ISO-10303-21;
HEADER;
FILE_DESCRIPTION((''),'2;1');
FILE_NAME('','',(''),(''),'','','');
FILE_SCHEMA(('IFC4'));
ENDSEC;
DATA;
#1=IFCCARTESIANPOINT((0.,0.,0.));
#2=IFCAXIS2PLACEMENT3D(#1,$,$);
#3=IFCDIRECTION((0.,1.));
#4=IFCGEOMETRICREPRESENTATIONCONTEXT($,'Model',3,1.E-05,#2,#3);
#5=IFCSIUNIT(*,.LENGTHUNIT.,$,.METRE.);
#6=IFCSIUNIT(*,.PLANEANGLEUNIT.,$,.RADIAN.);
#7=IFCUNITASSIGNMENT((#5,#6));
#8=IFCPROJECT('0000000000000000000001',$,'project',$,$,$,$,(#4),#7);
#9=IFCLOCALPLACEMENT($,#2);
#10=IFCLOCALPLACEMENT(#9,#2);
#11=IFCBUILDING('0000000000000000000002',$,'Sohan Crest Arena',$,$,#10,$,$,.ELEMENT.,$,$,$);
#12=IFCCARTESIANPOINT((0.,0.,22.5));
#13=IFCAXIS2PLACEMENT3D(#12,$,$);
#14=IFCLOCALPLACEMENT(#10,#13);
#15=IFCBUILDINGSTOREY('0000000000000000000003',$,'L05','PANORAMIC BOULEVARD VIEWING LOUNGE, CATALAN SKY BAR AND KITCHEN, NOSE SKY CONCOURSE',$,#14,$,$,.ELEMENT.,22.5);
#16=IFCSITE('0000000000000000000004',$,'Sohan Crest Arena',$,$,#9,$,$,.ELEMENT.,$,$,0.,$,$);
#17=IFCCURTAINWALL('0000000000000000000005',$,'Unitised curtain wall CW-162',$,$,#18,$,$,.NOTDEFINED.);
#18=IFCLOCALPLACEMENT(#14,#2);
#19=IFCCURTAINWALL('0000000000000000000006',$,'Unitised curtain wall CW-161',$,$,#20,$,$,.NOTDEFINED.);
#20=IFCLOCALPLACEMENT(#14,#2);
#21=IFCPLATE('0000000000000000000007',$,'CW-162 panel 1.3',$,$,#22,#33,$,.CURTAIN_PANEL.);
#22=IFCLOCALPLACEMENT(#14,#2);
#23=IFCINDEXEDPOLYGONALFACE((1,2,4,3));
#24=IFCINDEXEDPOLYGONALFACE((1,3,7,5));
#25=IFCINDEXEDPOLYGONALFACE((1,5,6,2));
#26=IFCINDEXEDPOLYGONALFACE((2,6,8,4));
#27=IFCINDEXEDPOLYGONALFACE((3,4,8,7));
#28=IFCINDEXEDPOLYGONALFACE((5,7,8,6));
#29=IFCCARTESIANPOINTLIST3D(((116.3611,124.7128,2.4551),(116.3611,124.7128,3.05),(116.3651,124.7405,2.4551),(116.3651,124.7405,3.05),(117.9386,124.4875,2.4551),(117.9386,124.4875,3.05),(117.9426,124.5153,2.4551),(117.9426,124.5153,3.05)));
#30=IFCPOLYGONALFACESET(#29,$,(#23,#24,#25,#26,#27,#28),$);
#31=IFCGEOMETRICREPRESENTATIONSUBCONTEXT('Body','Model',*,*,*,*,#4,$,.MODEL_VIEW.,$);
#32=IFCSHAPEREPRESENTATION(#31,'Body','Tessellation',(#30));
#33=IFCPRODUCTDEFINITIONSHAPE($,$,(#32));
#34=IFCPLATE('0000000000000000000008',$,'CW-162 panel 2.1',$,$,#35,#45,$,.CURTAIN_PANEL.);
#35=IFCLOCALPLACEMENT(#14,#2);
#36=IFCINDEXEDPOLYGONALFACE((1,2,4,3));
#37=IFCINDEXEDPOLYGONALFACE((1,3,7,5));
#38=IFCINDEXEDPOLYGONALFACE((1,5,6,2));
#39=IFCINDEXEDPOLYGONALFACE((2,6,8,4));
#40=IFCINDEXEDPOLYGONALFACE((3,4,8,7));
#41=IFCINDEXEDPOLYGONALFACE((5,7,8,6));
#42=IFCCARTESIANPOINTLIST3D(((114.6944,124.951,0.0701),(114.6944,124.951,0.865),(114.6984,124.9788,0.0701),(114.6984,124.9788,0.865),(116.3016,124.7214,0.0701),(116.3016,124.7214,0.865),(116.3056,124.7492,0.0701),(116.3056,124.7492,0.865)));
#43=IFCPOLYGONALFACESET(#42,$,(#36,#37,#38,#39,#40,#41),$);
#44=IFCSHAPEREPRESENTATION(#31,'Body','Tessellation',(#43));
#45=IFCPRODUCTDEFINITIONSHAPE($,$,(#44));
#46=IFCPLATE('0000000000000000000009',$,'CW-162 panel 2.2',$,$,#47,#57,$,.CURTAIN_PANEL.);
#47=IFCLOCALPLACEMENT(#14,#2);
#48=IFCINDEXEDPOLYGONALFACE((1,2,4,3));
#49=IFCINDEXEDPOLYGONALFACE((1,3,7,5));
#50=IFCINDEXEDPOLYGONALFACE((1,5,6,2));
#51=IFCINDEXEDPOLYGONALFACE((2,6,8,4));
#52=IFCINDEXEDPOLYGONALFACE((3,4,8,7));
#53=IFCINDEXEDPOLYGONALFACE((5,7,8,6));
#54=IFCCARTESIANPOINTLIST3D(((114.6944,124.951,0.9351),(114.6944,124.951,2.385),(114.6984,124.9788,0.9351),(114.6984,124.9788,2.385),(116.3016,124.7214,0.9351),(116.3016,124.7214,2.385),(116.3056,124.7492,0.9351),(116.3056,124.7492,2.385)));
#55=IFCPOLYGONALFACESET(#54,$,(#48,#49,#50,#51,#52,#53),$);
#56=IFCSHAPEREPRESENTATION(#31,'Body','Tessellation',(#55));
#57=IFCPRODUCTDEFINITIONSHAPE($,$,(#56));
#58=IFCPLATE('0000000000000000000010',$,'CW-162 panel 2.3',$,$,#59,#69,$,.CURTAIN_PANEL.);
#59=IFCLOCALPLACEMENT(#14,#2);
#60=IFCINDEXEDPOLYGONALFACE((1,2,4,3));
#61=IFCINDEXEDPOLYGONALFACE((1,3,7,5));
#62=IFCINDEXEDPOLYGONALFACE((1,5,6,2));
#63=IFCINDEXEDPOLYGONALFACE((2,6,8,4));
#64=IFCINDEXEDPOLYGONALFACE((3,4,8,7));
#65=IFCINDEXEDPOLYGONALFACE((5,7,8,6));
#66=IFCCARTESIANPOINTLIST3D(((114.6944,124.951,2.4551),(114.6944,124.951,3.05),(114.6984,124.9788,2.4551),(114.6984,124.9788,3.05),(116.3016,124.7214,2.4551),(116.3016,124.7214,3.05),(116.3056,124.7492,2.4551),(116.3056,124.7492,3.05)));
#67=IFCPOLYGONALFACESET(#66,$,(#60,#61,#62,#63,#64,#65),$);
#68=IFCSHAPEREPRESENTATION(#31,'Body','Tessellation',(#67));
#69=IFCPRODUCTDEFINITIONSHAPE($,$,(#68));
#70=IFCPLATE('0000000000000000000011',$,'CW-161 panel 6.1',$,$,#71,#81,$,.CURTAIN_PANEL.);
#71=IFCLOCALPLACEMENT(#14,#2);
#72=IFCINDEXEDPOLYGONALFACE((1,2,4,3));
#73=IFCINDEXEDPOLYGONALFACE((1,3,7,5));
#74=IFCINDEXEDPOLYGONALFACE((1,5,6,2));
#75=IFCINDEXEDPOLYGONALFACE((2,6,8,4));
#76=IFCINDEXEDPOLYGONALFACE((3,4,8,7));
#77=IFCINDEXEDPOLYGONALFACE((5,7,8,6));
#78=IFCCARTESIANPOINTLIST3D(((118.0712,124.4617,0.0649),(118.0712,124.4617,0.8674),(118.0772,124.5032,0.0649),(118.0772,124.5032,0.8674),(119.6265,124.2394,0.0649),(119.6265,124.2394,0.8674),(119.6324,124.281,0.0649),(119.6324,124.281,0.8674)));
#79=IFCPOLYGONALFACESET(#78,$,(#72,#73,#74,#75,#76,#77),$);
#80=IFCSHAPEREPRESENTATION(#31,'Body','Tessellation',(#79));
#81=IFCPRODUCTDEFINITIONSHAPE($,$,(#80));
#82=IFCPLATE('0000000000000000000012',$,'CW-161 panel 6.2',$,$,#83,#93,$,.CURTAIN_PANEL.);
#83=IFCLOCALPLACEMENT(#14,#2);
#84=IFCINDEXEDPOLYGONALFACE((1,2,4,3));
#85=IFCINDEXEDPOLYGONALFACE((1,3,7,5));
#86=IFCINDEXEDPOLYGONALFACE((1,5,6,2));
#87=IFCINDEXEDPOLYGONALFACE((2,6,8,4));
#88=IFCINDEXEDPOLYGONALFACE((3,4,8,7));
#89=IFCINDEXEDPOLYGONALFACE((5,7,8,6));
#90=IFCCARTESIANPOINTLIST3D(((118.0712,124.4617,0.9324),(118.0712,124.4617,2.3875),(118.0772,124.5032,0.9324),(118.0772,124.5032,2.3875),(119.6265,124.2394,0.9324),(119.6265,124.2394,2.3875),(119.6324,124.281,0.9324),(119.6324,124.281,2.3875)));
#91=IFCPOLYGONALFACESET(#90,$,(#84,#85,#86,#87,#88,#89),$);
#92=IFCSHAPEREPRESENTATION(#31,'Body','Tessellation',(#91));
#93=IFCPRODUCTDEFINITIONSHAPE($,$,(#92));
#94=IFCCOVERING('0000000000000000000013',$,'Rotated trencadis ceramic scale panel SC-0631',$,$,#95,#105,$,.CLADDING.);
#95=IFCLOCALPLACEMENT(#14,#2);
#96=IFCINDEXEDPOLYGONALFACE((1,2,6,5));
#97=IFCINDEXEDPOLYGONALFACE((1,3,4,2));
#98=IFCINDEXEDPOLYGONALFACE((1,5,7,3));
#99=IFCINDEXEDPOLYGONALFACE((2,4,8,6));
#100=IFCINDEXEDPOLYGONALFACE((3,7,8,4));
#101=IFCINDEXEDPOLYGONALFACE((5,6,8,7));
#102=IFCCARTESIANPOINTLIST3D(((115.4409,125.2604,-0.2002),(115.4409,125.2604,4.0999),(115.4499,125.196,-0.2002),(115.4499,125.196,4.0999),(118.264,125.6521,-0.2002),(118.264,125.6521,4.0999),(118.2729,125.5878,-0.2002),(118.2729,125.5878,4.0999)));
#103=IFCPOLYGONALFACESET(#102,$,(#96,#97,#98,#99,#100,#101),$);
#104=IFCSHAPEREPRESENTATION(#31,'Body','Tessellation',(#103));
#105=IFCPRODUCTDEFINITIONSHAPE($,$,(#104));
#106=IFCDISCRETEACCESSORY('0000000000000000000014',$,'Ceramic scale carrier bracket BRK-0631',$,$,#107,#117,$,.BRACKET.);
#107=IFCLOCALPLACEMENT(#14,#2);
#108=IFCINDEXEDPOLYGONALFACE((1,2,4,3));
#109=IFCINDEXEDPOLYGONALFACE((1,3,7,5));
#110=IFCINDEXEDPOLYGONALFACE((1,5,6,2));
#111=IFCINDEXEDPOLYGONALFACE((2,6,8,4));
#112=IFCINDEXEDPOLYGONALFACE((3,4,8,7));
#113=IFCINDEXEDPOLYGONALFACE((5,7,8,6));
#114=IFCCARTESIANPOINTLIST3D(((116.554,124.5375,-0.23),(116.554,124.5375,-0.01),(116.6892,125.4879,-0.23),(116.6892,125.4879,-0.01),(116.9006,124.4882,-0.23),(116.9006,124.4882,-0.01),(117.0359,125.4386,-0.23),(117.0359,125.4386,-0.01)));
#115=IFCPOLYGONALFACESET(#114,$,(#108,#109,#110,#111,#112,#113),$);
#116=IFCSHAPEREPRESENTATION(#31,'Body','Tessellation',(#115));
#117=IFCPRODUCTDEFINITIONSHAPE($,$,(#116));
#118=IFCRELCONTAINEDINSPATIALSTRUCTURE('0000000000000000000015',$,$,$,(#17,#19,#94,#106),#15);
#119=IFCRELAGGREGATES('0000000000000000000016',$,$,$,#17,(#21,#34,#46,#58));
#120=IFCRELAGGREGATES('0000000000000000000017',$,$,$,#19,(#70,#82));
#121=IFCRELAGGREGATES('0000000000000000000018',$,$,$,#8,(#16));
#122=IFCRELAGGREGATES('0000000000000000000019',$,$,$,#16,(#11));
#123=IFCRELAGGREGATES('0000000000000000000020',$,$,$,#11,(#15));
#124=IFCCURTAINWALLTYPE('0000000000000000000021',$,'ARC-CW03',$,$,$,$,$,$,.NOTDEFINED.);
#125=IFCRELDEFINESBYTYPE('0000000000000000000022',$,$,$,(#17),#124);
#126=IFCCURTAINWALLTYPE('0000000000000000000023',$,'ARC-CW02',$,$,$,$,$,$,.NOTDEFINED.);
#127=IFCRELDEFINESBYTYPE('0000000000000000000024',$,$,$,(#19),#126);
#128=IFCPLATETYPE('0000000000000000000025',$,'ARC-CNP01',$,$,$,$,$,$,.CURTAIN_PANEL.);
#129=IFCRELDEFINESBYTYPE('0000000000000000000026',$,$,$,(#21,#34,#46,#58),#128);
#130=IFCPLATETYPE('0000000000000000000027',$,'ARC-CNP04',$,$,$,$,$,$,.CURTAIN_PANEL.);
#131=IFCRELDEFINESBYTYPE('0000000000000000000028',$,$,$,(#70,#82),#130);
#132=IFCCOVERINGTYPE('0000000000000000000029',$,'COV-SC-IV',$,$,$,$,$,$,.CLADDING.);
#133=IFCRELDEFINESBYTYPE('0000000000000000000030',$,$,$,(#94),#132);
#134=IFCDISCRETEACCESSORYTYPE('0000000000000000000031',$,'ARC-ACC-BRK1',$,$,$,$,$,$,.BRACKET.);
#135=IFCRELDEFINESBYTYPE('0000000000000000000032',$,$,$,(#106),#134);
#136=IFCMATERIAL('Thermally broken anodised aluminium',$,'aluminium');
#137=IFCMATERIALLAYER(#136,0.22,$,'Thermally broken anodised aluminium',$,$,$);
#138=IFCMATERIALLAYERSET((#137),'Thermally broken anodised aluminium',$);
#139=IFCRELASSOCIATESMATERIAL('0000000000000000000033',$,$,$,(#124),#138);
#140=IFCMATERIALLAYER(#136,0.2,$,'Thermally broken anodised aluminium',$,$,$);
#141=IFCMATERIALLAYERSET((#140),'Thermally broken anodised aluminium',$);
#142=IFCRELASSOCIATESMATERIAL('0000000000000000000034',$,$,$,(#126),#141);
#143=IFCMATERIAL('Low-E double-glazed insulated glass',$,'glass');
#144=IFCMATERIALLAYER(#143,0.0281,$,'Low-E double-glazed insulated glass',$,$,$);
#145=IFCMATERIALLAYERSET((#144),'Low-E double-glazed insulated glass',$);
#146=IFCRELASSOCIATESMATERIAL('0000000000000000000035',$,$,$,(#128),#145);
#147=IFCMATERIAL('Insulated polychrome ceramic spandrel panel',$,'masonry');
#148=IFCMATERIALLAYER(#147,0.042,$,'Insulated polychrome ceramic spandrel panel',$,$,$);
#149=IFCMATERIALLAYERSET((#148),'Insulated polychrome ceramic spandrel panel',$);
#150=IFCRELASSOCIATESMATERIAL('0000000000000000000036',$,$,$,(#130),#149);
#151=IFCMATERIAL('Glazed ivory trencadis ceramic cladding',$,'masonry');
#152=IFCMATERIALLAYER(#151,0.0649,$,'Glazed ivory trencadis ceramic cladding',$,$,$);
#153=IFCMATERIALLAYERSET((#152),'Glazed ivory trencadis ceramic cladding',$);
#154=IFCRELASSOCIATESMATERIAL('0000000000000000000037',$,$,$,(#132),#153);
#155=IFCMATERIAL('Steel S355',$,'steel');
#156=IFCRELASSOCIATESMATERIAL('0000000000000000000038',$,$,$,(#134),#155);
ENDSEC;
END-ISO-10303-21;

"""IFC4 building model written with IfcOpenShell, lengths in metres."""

from ifc_helpers import new_model, si_unit, direction, frame, origin, origin_2d, place, context, subcontext, project, spatial, rectangle, extrude, material, layer, layer_set, type_object, element, aggregate, save


model = new_model("IFC4")

# Units and contexts
model_context = context("Model", 3, precision=1e-05, world=origin(), true_north=direction((0.0, 1.0)))
body_context = subcontext(model_context, "Body", "Model", "MODEL_VIEW")
ifc_project = project(units=[si_unit("LENGTHUNIT", "METRE"), si_unit("PLANEANGLEUNIT", "RADIAN")], contexts=[model_context])

# Site, building, storey
site_placement = place(None, origin())
site = spatial("IfcSite", under=ifc_project, at=site_placement, Name="Sohan Crest Arena", CompositionType="ELEMENT", RefElevation=0.0)
building_placement = place(site_placement, origin())
building = spatial("IfcBuilding", under=site, at=building_placement, Name="Sohan Crest Arena", CompositionType="ELEMENT")
storey_placement = place(building_placement, frame((0.0, 0.0, 22.5)))
storey = spatial("IfcBuildingStorey", under=building, at=storey_placement, Name="L05", Description="PANORAMIC BOULEVARD VIEWING LOUNGE, CATALAN SKY BAR AND KITCHEN, NOSE SKY CONCOURSE", CompositionType="ELEMENT", Elevation=22.5)

# Curtain wall
ifc_material_1 = material(Name="Thermally broken anodised aluminium", Category="aluminium")
ifc_layer_1 = layer(ifc_material_1, 0.22, Name="Thermally broken anodised aluminium")
ifc_layer_set_1 = layer_set([ifc_layer_1], Name="Thermally broken anodised aluminium")
curtain_wall_type_1 = type_object("IfcCurtainWallType", Name="ARC-CW03", PredefinedType="NOTDEFINED", material=ifc_layer_set_1)
curtain_wall_1_placement = place(storey_placement, origin())
curtain_wall_1 = element("IfcCurtainWall", 1, at=curtain_wall_1_placement, inside=storey, type_object=curtain_wall_type_1, Name="Unitised curtain wall CW-162", PredefinedType="NOTDEFINED")

# Curtain wall
ifc_layer_2 = layer(ifc_material_1, 0.2, Name="Thermally broken anodised aluminium")
ifc_layer_set_2 = layer_set([ifc_layer_2], Name="Thermally broken anodised aluminium")
curtain_wall_type_2 = type_object("IfcCurtainWallType", Name="ARC-CW02", PredefinedType="NOTDEFINED", material=ifc_layer_set_2)
curtain_wall_2_placement = place(storey_placement, origin())
curtain_wall_2 = element("IfcCurtainWall", 2, at=curtain_wall_2_placement, inside=storey, type_object=curtain_wall_type_2, Name="Unitised curtain wall CW-161", PredefinedType="NOTDEFINED")

# Plates
ifc_material_2 = material(Name="Low-E double-glazed insulated glass", Category="glass")
ifc_layer_3 = layer(ifc_material_2, 0.0281, Name="Low-E double-glazed insulated glass")
ifc_layer_set_3 = layer_set([ifc_layer_3], Name="Low-E double-glazed insulated glass")
plate_type_1 = type_object("IfcPlateType", Name="ARC-CNP01", PredefinedType="CURTAIN_PANEL", material=ifc_layer_set_3)
plate_1_placement = place(storey_placement, frame((117.1519, 124.614, 2.4551), z_axis=(0.0, 0.0, 1.0), x_axis=(-0.989957, 0.141366, 0.0)))
plate_1 = element("IfcPlate", 3, at=plate_1_placement, type_object=plate_type_1, Name="CW-162 panel 1.3", PredefinedType="CURTAIN_PANEL", context=body_context, shape_type="SweptSolid", body=[
    extrude(rectangle(XDim=1.5935, YDim=0.0281, at=origin_2d()), origin(), (0.0, 0.0, 1.0), 0.595),
])
plate_2_placement = place(storey_placement, frame((115.5, 124.8501, 0.0701), z_axis=(0.0, 0.0, 1.0), x_axis=(-0.989957, 0.141366, 0.0)))
plate_2 = element("IfcPlate", 4, at=plate_2_placement, type_object=plate_type_1, Name="CW-162 panel 2.1", PredefinedType="CURTAIN_PANEL", context=body_context, shape_type="SweptSolid", body=[
    extrude(rectangle(XDim=1.6235, YDim=0.0281, at=origin_2d()), origin(), (0.0, 0.0, 1.0), 0.7949),
])
plate_3_placement = place(storey_placement, frame((115.5, 124.8501, 0.9351), z_axis=(0.0, 0.0, 1.0), x_axis=(-0.989957, 0.141366, 0.0)))
plate_3 = element("IfcPlate", 5, at=plate_3_placement, type_object=plate_type_1, Name="CW-162 panel 2.2", PredefinedType="CURTAIN_PANEL", context=body_context, shape_type="SweptSolid", body=[
    extrude(rectangle(XDim=1.6235, YDim=0.0281, at=origin_2d()), origin(), (0.0, 0.0, 1.0), 1.45),
])
plate_4_placement = place(storey_placement, frame((115.5, 124.8501, 2.4551), z_axis=(0.0, 0.0, 1.0), x_axis=(-0.989957, 0.141366, 0.0)))
plate_4 = element("IfcPlate", 6, at=plate_4_placement, type_object=plate_type_1, Name="CW-162 panel 2.3", PredefinedType="CURTAIN_PANEL", context=body_context, shape_type="SweptSolid", body=[
    extrude(rectangle(XDim=1.6235, YDim=0.0281, at=origin_2d()), origin(), (0.0, 0.0, 1.0), 0.595),
])
aggregate(curtain_wall_1, [plate_1, plate_2, plate_3, plate_4])
ifc_material_3 = material(Name="Insulated polychrome ceramic spandrel panel", Category="masonry")
ifc_layer_4 = layer(ifc_material_3, 0.042, Name="Insulated polychrome ceramic spandrel panel")
ifc_layer_set_4 = layer_set([ifc_layer_4], Name="Insulated polychrome ceramic spandrel panel")
plate_type_2 = type_object("IfcPlateType", Name="ARC-CNP04", PredefinedType="CURTAIN_PANEL", material=ifc_layer_set_4)
plate_5_placement = place(storey_placement, frame((118.8518, 124.3713, 0.0649), z_axis=(0.0, 0.0, 1.0), x_axis=(-0.989944, 0.141463, 0.0)))
plate_5 = element("IfcPlate", 7, at=plate_5_placement, type_object=plate_type_2, Name="CW-161 panel 6.1", PredefinedType="CURTAIN_PANEL", context=body_context, shape_type="SweptSolid", body=[
    extrude(rectangle(XDim=1.571, YDim=0.042, at=origin_2d()), origin(), (0.0, 0.0, 1.0), 0.8025),
])
plate_6_placement = place(storey_placement, frame((118.8518, 124.3713, 0.9324), z_axis=(0.0, 0.0, 1.0), x_axis=(-0.989944, 0.141463, 0.0)))
plate_6 = element("IfcPlate", 8, at=plate_6_placement, type_object=plate_type_2, Name="CW-161 panel 6.2", PredefinedType="CURTAIN_PANEL", context=body_context, shape_type="SweptSolid", body=[
    extrude(rectangle(XDim=1.571, YDim=0.042, at=origin_2d()), origin(), (0.0, 0.0, 1.0), 1.4551),
])
aggregate(curtain_wall_2, [plate_5, plate_6])

# Covering
ifc_material_4 = material(Name="Glazed ivory trencadis ceramic cladding", Category="masonry")
ifc_layer_5 = layer(ifc_material_4, 0.0649, Name="Glazed ivory trencadis ceramic cladding")
ifc_layer_set_5 = layer_set([ifc_layer_5], Name="Glazed ivory trencadis ceramic cladding")
covering_type = type_object("IfcCoveringType", Name="COV-SC-IV", PredefinedType="CLADDING", material=ifc_layer_set_5)
covering_placement = place(storey_placement, frame((116.8569, 125.4241, -0.2002), z_axis=(0.0, 0.0, 1.0), x_axis=(-0.990509, -0.137445, 0.0)))
element("IfcCovering", 9, at=covering_placement, inside=storey, type_object=covering_type, Name="Rotated trencadis ceramic scale panel SC-0631", PredefinedType="CLADDING", context=body_context, shape_type="SweptSolid", body=[
    extrude(rectangle(XDim=2.8501, YDim=0.0649, at=origin_2d()), origin(), (0.0, 0.0, 1.0), 4.3),
])

# Discrete accessory
ifc_material_5 = material(Name="Steel S355", Category="steel")
discrete_accessory_type = type_object("IfcDiscreteAccessoryType", Name="ARC-ACC-BRK1", PredefinedType="BRACKET", material=ifc_material_5)
discrete_accessory_placement = place(storey_placement, frame((116.7949, 124.988, -0.23), z_axis=(0.0, 0.0, 1.0), x_axis=(-0.990024, 0.140901, 0.0)))
element("IfcDiscreteAccessory", 10, at=discrete_accessory_placement, inside=storey, type_object=discrete_accessory_type, Name="Ceramic scale carrier bracket BRK-0631", PredefinedType="BRACKET", context=body_context, shape_type="SweptSolid", body=[
    extrude(rectangle(XDim=0.3501, YDim=0.96, at=origin_2d()), origin(), (0.0, 0.0, 1.0), 0.22),
])

save(model, "model.ifc")
